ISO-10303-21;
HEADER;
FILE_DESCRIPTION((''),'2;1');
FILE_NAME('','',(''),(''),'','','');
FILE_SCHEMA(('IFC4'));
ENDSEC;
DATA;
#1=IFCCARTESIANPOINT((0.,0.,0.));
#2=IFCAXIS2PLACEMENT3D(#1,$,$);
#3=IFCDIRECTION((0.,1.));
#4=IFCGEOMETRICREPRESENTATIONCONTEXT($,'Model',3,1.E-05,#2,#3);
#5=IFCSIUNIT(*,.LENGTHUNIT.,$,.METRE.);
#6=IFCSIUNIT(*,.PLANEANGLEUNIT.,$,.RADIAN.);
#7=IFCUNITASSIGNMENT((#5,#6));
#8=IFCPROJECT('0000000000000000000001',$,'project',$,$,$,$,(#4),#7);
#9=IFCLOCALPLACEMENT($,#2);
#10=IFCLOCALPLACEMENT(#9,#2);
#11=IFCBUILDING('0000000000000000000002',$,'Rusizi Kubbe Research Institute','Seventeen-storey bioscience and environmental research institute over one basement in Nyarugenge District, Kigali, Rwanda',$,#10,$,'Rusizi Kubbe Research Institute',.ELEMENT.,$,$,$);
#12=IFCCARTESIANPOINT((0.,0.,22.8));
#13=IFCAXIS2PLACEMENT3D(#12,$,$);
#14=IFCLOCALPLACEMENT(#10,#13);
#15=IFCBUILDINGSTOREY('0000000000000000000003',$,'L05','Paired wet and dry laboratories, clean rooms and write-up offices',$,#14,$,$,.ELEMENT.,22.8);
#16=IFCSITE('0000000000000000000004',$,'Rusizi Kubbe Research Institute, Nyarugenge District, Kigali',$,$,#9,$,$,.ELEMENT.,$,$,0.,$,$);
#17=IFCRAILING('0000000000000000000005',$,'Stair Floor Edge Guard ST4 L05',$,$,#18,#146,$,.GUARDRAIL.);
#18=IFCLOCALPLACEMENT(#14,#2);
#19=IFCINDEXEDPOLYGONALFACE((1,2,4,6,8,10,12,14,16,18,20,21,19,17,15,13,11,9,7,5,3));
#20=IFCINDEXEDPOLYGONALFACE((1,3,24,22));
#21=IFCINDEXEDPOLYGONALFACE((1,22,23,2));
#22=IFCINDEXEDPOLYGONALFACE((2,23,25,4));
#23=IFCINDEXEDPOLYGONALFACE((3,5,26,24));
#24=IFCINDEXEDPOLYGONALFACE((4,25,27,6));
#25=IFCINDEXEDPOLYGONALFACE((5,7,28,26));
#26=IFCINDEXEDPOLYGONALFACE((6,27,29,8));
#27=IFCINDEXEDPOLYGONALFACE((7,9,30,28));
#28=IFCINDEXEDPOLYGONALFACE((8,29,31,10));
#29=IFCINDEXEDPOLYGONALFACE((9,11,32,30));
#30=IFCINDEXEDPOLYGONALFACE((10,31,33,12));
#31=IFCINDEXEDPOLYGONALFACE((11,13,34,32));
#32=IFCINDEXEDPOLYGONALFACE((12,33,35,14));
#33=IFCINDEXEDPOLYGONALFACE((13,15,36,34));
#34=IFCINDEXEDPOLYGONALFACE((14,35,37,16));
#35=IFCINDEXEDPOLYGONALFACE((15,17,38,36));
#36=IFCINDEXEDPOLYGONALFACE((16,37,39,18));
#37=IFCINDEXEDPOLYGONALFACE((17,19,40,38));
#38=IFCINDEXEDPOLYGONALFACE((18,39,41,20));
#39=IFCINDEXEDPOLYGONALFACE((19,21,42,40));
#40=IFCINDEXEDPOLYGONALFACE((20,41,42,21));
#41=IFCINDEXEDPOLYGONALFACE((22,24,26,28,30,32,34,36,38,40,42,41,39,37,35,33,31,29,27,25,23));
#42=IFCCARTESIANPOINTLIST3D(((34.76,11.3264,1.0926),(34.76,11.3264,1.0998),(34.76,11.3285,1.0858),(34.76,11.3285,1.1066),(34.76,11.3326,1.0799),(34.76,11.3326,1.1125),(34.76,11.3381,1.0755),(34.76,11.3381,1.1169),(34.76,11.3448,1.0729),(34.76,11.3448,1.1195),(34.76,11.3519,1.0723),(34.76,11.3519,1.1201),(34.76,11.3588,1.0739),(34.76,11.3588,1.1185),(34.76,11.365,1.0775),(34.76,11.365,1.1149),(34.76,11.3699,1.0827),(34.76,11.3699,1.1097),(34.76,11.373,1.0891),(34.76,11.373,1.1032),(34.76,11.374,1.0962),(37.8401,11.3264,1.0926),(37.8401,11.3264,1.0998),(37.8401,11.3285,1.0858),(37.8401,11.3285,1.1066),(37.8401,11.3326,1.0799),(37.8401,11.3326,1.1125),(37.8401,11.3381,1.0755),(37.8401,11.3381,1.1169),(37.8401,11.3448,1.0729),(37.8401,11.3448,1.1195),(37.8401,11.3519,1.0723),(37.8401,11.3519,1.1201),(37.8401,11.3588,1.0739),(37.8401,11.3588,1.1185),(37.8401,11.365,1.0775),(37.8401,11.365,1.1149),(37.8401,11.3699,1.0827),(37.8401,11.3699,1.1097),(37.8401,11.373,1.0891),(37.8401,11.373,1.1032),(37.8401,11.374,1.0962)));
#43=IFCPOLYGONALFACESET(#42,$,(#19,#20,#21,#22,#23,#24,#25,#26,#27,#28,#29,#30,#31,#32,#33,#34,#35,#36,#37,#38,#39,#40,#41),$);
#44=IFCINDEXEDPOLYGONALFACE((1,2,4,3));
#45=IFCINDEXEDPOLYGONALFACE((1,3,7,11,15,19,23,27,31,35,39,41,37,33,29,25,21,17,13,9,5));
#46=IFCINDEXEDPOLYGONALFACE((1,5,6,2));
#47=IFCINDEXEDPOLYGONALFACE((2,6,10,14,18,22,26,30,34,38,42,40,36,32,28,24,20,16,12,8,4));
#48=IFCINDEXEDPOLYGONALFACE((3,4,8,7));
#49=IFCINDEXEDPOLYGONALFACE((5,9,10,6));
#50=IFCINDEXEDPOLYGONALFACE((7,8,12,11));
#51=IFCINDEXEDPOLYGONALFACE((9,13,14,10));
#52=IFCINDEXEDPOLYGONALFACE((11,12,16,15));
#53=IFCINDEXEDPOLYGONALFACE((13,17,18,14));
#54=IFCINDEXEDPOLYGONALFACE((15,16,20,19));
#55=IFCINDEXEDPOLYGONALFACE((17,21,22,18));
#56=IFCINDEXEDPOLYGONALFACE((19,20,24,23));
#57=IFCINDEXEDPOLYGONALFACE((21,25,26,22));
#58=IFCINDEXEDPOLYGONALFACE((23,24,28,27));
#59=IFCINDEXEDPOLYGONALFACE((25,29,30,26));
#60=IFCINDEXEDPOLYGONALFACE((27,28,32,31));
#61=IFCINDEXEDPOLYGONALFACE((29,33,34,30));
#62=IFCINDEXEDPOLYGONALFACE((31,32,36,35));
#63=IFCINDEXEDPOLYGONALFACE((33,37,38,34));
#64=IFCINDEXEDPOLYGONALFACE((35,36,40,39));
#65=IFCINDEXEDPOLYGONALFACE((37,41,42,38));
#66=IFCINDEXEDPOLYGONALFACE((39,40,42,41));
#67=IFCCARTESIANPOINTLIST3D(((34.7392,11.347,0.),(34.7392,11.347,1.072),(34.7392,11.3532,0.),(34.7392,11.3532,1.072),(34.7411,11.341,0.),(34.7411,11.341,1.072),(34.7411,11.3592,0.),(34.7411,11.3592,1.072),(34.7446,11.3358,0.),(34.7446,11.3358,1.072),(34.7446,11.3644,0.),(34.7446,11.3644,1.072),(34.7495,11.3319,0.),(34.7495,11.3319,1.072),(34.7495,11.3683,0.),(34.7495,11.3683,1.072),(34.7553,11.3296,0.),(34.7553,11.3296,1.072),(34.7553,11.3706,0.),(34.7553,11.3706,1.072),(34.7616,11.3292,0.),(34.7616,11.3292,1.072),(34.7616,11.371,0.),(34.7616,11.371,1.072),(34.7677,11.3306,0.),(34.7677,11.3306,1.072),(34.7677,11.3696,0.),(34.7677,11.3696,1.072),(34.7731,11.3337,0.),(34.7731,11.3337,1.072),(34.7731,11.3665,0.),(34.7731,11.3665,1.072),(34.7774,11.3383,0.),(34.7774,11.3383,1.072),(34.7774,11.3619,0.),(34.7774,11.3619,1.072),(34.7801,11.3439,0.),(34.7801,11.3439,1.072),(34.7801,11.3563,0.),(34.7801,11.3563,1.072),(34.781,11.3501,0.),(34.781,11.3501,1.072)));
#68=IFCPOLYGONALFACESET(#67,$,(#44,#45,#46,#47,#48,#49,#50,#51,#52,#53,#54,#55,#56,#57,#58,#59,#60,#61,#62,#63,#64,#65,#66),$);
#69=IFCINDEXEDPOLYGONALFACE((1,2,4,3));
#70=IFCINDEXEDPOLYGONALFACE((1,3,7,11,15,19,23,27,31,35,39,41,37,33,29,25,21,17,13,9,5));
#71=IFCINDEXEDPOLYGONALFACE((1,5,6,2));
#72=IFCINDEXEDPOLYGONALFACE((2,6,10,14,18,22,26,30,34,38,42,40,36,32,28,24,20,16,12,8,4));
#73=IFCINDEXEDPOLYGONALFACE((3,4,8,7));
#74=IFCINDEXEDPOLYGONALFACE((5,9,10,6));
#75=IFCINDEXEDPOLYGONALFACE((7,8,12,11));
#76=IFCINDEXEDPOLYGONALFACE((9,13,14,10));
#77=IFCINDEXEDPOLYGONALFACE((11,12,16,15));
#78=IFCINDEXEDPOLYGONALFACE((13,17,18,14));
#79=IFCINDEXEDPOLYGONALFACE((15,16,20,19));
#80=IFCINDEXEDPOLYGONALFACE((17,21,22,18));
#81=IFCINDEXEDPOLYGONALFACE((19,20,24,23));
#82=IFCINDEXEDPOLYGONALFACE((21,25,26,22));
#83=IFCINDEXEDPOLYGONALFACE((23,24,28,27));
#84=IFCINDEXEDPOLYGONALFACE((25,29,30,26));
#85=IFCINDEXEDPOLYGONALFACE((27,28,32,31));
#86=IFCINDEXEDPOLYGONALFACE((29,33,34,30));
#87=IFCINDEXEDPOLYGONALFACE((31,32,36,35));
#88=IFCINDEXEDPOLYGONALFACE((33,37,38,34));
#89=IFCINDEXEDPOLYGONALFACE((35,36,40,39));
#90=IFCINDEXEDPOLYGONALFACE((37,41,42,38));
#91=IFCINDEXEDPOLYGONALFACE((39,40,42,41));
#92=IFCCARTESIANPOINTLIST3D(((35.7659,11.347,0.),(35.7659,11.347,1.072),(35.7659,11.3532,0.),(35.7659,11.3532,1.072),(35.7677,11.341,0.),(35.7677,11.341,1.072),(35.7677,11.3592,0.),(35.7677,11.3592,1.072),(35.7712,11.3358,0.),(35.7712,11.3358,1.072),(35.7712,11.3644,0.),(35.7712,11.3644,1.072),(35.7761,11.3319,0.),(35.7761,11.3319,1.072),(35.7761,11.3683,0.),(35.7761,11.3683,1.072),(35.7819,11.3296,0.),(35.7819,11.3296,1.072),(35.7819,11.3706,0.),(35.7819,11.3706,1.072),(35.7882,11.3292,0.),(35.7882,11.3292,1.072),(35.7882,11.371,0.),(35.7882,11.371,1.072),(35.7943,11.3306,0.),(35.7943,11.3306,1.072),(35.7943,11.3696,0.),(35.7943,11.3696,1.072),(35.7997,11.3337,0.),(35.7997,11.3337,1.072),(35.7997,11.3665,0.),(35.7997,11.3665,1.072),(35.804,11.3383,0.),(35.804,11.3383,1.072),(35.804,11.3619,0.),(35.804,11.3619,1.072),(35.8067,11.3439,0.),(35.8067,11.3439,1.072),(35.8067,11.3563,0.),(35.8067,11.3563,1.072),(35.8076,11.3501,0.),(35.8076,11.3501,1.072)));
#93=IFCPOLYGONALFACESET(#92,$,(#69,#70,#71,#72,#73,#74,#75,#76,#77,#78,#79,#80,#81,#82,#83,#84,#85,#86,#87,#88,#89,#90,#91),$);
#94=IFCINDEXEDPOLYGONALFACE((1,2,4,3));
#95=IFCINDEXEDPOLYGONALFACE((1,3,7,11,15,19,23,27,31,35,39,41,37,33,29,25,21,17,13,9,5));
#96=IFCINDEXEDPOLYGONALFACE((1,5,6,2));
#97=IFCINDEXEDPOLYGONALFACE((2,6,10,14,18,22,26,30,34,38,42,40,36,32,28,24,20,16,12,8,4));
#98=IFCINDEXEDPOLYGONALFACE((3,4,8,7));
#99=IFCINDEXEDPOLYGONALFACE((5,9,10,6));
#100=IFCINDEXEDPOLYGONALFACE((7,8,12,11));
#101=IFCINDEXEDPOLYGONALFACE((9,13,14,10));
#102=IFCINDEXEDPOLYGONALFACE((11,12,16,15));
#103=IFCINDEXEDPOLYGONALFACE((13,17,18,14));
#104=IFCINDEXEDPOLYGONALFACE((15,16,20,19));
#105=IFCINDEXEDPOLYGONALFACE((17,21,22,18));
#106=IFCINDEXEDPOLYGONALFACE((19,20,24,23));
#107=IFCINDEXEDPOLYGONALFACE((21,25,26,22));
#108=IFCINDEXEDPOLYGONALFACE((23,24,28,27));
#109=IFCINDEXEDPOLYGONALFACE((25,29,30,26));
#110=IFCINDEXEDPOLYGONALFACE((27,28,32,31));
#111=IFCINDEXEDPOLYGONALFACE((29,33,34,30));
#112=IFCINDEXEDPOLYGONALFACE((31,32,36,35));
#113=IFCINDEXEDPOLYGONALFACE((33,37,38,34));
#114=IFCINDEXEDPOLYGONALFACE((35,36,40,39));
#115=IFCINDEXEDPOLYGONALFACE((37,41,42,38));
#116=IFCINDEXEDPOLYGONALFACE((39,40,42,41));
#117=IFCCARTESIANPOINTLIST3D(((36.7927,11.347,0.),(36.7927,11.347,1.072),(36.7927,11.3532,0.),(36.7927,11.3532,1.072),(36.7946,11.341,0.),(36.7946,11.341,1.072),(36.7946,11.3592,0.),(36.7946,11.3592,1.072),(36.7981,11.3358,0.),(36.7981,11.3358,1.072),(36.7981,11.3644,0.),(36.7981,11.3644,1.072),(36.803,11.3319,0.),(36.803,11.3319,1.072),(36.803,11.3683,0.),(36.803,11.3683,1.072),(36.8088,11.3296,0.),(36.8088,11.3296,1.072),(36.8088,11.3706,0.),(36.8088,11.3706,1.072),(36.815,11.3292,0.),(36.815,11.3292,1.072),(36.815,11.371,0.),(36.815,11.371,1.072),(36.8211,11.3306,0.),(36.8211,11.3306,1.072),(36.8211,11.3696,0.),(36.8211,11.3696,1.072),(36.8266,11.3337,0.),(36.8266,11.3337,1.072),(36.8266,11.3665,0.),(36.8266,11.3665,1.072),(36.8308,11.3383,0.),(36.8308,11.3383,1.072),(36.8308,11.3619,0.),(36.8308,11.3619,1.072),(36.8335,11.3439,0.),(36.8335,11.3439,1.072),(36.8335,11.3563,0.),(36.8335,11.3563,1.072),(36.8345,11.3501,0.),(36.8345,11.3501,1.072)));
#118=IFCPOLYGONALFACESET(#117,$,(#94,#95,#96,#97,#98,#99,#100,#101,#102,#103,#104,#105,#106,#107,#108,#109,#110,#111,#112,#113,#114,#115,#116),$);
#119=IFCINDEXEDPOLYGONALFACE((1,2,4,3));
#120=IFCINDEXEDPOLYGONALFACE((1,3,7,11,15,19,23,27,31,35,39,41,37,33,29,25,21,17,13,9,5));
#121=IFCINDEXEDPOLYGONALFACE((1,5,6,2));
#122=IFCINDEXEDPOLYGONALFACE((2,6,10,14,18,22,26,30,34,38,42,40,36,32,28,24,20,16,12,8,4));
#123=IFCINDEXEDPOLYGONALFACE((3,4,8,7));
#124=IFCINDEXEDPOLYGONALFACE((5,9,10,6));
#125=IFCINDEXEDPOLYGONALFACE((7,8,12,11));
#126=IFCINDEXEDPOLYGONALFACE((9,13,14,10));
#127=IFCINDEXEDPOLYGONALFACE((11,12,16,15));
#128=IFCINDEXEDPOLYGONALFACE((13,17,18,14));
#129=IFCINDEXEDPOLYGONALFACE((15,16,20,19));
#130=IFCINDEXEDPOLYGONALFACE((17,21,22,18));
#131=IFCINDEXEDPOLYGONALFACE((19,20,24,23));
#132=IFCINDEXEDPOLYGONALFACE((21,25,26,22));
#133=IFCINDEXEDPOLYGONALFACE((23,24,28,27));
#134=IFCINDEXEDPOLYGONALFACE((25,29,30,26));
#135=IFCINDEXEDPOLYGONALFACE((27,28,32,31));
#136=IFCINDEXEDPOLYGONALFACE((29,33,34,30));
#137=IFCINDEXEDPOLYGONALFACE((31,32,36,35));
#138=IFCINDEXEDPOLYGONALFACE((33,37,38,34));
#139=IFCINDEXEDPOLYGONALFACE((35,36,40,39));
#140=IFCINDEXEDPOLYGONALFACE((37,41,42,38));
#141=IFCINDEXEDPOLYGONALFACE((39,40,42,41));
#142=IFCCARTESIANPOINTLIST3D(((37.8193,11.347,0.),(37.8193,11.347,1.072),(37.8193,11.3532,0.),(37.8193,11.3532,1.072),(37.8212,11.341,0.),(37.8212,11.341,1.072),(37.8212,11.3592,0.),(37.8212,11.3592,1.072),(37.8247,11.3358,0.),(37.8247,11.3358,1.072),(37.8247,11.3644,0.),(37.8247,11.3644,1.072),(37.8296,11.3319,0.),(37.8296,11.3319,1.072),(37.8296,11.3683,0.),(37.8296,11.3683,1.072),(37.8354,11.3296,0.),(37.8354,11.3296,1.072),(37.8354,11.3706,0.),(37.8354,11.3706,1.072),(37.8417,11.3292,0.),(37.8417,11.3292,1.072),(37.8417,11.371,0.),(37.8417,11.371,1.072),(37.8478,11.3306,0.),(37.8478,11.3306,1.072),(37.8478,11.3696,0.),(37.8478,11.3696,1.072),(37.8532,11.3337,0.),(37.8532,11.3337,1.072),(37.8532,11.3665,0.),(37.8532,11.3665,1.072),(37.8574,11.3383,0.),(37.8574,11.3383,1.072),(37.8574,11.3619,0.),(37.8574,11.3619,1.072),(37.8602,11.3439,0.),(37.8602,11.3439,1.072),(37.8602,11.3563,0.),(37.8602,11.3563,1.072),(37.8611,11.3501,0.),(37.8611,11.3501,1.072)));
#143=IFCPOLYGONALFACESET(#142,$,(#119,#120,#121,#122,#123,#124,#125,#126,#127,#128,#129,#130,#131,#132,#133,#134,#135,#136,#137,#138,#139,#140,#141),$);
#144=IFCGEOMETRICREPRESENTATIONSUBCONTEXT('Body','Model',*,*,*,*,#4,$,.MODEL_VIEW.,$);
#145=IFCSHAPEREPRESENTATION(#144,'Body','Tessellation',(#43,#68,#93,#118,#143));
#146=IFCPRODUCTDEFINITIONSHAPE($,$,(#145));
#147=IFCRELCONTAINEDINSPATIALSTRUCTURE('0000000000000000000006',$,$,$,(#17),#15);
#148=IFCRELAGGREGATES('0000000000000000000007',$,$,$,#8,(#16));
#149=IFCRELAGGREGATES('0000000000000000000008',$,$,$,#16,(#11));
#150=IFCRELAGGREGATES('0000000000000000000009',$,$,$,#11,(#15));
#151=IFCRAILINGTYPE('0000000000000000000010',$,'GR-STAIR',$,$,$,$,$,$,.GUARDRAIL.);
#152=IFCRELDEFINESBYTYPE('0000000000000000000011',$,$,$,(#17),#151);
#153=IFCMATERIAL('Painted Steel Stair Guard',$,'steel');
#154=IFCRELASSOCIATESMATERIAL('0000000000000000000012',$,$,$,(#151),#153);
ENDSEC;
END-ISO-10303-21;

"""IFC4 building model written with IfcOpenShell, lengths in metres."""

from ifc_helpers import new_model, si_unit, direction, frame, origin, origin_2d, place, context, subcontext, project, spatial, circle, extrude, material, type_object, element, save


model = new_model("IFC4")

# Units and contexts
model_context = context("Model", 3, precision=1e-05, world=origin(), true_north=direction((0.0, 1.0)))
body_context = subcontext(model_context, "Body", "Model", "MODEL_VIEW")
ifc_project = project(units=[si_unit("LENGTHUNIT", "METRE"), si_unit("PLANEANGLEUNIT", "RADIAN")], contexts=[model_context])

# Site, building, storey
site_placement = place(None, origin())
site = spatial("IfcSite", under=ifc_project, at=site_placement, Name="Rusizi Kubbe Research Institute, Nyarugenge District, Kigali", CompositionType="ELEMENT", RefElevation=0.0)
building_placement = place(site_placement, origin())
building = spatial("IfcBuilding", under=site, at=building_placement, Name="Rusizi Kubbe Research Institute", Description="Seventeen-storey bioscience and environmental research institute over one basement in Nyarugenge District, Kigali, Rwanda", LongName="Rusizi Kubbe Research Institute", CompositionType="ELEMENT")
storey_placement = place(building_placement, frame((0.0, 0.0, 22.8)))
storey = spatial("IfcBuildingStorey", under=building, at=storey_placement, Name="L05", Description="Paired wet and dry laboratories, clean rooms and write-up offices", CompositionType="ELEMENT", Elevation=22.8)

# Railing
ifc_material_1 = material(Name="Painted Steel Stair Guard", Category="steel")
railing_type_1 = type_object("IfcRailingType", Name="GR-STAIR", PredefinedType="GUARDRAIL", material=ifc_material_1)
railing_1_placement = place(storey_placement, frame((34.76, 11.3501, 0.0)))
element("IfcRailing", 1, at=railing_1_placement, inside=storey, type_object=railing_type_1, Name="Stair Floor Edge Guard ST4 L05", PredefinedType="GUARDRAIL", context=body_context, shape_type="SweptSolid", body=[
    extrude(circle(Radius=0.0239, at=origin_2d()), frame((0.0, 0.0, 1.0962), z_axis=(1.0, 0.0, 0.0), x_axis=(0.0, 1.0, 0.0)), (0.0, 0.0, 1.0), 3.0801),
    extrude(circle(Radius=0.021, at=origin_2d()), origin(), (0.0, 0.0, 1.0), 1.072),
    extrude(circle(Radius=0.021, at=origin_2d()), frame((1.0266, 0.0, 0.0)), (0.0, 0.0, 1.0), 1.072),
    extrude(circle(Radius=0.021, at=origin_2d()), frame((2.0535, 0.0, 0.0)), (0.0, 0.0, 1.0), 1.072),
    extrude(circle(Radius=0.021, at=origin_2d()), frame((3.0801, 0.0, 0.0)), (0.0, 0.0, 1.0), 1.072),
])

save(model, "model.ifc")
